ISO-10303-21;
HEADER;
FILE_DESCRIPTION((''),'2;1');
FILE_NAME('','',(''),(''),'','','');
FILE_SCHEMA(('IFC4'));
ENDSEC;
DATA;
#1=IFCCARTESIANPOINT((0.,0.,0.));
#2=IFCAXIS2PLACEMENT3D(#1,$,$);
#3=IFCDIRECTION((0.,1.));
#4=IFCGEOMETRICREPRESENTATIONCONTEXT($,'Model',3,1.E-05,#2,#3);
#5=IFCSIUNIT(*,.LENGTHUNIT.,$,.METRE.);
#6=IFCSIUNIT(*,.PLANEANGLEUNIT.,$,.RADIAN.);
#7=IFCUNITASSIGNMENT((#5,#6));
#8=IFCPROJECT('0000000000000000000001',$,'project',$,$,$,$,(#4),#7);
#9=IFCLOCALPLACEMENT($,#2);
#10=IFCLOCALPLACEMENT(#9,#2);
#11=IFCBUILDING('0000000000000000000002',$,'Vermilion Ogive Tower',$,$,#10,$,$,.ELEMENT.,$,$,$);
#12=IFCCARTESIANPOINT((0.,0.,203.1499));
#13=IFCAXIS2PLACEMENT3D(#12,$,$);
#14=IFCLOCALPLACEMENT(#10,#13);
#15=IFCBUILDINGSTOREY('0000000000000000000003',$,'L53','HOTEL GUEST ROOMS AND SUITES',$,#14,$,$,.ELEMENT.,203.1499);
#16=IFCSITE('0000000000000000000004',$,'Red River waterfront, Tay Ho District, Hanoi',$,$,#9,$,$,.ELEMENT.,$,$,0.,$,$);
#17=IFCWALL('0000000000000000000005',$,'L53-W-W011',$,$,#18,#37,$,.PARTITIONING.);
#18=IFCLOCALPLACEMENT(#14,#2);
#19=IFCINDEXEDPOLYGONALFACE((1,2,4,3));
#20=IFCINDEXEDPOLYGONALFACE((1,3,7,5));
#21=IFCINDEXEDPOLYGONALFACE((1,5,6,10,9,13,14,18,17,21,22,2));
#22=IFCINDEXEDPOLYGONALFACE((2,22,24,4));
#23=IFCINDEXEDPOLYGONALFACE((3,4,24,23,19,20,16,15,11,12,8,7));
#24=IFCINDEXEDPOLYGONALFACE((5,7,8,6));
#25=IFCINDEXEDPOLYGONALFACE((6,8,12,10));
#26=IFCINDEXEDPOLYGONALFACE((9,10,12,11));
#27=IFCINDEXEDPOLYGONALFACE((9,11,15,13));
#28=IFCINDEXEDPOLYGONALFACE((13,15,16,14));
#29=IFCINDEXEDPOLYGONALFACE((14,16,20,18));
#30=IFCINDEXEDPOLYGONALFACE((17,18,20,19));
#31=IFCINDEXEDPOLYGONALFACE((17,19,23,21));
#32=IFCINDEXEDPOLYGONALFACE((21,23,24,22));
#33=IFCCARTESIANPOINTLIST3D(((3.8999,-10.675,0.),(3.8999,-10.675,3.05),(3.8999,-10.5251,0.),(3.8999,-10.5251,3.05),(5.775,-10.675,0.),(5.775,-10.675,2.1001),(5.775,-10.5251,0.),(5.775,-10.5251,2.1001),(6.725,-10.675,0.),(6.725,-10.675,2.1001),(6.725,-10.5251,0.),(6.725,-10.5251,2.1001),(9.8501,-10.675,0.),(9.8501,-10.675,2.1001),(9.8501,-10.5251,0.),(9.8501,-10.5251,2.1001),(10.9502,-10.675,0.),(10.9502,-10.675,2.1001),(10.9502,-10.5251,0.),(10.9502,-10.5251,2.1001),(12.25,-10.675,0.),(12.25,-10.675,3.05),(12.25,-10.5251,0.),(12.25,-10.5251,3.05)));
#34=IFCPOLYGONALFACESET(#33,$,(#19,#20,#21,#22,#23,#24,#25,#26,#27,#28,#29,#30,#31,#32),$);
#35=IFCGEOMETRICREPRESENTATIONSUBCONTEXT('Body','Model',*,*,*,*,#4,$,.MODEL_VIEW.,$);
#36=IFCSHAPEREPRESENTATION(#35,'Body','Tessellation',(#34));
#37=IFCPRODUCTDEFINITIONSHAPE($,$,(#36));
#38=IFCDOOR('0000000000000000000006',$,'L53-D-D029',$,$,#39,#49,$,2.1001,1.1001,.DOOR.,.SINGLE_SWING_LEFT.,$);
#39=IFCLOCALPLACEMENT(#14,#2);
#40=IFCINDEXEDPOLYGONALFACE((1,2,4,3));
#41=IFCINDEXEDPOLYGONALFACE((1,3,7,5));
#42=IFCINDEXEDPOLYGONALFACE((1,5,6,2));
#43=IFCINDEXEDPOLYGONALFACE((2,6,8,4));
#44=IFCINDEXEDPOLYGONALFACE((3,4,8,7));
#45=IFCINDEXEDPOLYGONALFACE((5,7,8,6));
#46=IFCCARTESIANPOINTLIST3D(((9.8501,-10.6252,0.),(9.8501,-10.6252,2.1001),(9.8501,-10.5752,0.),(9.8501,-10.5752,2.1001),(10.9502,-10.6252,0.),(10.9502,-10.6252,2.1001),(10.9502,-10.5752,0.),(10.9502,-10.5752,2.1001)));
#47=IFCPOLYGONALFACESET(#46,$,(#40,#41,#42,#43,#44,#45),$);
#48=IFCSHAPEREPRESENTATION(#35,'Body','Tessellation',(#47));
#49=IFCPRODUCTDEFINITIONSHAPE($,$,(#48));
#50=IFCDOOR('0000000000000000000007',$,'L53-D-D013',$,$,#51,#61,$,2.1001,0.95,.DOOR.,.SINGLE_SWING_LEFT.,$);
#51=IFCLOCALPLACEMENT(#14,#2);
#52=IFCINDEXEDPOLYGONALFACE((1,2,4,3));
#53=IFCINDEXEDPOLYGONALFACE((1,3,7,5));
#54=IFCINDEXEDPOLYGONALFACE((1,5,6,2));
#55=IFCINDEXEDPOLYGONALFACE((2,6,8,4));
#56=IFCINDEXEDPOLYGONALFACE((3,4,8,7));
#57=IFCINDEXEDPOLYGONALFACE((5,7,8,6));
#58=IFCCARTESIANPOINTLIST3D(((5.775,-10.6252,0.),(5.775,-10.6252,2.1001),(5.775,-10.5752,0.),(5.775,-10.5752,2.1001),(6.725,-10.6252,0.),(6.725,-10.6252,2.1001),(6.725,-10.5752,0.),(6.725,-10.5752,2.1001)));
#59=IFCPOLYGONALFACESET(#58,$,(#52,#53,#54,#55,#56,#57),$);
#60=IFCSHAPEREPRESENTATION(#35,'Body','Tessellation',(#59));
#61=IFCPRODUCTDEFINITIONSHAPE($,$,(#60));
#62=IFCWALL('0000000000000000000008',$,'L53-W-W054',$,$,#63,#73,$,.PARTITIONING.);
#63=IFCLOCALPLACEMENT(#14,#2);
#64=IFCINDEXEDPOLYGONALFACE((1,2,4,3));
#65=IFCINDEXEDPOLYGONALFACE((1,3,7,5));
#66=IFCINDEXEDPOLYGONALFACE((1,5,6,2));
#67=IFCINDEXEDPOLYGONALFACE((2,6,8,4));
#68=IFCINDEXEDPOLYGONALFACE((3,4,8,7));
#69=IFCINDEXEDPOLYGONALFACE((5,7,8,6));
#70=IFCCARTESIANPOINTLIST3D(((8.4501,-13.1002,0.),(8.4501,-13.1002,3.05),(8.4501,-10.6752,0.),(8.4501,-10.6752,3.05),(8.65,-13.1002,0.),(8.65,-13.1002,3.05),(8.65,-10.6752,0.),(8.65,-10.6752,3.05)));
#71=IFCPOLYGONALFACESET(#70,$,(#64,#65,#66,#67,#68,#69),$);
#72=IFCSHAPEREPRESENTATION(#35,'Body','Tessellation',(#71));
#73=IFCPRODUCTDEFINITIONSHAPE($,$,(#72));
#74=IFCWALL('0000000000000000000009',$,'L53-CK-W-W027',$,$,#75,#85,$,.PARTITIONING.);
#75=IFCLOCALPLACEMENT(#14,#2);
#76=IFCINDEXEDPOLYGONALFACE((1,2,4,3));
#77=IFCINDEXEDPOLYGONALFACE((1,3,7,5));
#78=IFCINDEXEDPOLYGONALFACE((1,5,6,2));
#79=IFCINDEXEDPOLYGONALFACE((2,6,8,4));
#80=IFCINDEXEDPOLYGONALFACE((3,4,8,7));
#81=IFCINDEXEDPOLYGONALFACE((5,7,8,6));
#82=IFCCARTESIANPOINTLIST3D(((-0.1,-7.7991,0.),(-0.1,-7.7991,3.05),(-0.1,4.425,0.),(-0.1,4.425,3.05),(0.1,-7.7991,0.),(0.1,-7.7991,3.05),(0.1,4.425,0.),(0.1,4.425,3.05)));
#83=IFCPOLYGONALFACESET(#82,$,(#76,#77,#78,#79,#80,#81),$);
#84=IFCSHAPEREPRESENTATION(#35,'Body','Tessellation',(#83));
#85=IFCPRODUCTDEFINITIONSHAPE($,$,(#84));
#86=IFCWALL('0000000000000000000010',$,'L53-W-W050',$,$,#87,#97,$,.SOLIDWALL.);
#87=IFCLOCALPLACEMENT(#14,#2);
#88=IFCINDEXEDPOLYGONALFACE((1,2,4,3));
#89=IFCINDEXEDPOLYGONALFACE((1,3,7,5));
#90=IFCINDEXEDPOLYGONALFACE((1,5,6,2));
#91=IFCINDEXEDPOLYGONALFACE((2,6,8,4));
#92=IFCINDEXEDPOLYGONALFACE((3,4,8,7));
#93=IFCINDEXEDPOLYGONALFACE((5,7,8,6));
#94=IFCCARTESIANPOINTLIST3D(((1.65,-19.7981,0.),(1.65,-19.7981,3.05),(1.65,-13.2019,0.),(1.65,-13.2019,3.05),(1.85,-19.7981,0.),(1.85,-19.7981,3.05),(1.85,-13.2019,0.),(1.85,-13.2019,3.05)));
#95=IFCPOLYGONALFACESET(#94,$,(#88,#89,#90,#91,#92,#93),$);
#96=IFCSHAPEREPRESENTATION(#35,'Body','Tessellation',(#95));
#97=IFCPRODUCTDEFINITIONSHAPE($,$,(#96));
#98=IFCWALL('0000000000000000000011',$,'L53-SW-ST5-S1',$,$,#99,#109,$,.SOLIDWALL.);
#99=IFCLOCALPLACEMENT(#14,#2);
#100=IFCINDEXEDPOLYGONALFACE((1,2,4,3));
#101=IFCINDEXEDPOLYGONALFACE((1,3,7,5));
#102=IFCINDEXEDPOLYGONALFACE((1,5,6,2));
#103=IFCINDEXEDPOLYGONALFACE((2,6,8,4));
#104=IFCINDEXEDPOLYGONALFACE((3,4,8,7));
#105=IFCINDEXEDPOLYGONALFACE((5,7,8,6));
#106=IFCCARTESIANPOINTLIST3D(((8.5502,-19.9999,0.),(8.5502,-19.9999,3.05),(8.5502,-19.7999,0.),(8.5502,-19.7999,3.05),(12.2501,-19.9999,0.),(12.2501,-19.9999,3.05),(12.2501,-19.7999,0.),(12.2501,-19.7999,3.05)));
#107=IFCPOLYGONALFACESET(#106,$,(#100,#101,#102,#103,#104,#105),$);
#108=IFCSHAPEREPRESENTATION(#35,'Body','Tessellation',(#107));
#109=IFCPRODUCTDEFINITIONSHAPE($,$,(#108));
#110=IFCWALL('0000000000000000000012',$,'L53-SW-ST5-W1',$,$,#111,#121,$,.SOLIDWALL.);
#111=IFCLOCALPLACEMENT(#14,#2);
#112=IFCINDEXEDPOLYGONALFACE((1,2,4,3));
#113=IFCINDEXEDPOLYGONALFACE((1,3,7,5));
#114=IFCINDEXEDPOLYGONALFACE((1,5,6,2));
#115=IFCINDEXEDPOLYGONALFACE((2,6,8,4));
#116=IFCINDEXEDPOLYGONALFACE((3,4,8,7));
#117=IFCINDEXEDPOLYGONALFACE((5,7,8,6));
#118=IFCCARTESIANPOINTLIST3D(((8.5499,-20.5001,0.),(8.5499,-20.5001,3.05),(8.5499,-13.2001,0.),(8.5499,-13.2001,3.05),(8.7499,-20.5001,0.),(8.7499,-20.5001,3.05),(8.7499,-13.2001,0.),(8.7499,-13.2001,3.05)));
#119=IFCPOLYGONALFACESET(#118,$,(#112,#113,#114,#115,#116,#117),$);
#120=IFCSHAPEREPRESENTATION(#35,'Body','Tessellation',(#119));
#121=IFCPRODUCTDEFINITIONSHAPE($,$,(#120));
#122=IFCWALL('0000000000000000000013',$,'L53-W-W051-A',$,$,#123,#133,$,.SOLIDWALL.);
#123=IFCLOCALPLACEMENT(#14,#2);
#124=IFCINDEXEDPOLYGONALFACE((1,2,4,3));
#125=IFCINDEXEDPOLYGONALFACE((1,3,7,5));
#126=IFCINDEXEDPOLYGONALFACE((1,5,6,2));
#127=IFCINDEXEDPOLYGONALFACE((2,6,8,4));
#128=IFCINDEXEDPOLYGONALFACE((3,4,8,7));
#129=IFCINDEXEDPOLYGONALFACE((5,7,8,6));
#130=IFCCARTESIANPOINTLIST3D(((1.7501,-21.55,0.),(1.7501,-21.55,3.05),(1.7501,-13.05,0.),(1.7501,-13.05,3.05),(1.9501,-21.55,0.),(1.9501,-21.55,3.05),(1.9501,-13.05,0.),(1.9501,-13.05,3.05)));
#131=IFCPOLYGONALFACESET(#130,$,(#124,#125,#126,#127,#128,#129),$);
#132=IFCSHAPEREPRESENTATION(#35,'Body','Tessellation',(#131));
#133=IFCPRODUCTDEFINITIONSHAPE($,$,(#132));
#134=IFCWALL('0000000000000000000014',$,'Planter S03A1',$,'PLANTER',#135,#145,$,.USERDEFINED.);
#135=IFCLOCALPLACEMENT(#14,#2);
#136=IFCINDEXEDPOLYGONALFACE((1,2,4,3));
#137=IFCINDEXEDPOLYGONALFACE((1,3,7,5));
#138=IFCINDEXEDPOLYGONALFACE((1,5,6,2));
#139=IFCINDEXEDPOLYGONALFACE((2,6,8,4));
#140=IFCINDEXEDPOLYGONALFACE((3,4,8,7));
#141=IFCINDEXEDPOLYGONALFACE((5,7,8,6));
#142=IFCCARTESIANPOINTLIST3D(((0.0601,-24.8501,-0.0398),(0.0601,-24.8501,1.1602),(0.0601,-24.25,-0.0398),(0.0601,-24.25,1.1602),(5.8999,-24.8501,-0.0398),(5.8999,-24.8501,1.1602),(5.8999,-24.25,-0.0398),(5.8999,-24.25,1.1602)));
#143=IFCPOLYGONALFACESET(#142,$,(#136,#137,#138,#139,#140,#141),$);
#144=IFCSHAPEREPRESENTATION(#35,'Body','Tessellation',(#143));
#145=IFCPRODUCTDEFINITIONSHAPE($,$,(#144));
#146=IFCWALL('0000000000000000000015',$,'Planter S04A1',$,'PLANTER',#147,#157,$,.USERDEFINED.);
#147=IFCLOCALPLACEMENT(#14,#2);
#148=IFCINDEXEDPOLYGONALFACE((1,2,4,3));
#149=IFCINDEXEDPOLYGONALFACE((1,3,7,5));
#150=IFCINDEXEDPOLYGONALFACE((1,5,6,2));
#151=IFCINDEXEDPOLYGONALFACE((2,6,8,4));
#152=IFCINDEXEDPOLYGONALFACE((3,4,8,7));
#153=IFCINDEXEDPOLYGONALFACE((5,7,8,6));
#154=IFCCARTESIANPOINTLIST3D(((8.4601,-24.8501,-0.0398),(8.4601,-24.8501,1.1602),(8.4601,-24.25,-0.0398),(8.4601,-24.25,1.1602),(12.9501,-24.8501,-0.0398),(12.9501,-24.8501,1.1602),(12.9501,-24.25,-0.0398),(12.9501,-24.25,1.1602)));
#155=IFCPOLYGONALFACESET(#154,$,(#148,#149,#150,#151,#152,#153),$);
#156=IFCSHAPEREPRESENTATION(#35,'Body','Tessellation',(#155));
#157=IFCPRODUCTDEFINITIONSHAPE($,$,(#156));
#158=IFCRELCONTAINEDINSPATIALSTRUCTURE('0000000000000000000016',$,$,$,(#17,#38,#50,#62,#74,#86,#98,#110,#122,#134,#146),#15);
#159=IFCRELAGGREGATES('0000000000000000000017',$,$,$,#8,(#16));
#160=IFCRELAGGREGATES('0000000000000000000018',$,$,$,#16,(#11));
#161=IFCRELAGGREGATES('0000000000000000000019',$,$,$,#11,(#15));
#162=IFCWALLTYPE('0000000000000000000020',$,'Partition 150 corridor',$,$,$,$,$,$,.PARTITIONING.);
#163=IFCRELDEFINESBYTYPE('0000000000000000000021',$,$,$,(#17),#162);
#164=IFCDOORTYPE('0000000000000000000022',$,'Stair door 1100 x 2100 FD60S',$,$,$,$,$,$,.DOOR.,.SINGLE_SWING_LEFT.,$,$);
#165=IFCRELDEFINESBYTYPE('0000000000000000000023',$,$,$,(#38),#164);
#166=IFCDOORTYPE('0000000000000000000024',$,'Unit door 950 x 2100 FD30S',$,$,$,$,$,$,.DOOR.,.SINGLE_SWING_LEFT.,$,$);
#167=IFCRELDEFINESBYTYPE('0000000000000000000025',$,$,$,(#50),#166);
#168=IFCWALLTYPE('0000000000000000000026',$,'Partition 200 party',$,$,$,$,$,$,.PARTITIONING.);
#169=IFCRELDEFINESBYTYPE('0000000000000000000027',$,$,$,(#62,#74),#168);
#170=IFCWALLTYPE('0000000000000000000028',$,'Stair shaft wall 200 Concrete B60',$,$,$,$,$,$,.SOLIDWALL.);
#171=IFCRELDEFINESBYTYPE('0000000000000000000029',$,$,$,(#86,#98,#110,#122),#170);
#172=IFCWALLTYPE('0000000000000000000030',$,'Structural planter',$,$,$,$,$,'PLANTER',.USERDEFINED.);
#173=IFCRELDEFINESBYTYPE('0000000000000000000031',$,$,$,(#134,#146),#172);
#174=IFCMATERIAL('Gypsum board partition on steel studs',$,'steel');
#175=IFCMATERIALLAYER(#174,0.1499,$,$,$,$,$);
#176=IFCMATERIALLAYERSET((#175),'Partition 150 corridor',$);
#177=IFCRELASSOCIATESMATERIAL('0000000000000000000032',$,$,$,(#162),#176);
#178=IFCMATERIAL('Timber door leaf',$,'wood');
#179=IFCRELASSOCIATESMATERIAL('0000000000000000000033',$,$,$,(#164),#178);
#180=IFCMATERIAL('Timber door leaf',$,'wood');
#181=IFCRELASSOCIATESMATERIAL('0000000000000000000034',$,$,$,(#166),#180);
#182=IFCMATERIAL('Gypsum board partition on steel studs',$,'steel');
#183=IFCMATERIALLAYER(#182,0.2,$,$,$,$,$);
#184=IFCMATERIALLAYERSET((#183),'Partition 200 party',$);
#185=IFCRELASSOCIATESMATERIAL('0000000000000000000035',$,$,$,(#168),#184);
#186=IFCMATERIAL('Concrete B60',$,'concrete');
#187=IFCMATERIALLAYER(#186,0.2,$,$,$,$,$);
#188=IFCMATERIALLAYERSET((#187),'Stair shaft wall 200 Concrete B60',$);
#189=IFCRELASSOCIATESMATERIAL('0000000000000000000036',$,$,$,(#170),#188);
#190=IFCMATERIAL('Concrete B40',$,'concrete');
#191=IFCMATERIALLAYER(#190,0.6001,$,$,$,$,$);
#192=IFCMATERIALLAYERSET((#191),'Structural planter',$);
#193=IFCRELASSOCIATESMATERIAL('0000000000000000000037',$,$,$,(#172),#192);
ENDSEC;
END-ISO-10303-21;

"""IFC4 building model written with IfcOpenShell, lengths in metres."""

from ifc_helpers import new_model, si_unit, direction, frame, frame_2d, origin, place, context, subcontext, project, spatial, rectangle, extrude, material, layer, layer_set, type_object, element, fill, save


model = new_model("IFC4")

# Units and contexts
model_context = context("Model", 3, precision=1e-05, world=origin(), true_north=direction((0.0, 1.0)))
body_context = subcontext(model_context, "Body", "Model", "MODEL_VIEW")
ifc_project = project(units=[si_unit("LENGTHUNIT", "METRE"), si_unit("PLANEANGLEUNIT", "RADIAN")], contexts=[model_context])

# Site, building, storey
site_placement = place(None, origin())
site = spatial("IfcSite", under=ifc_project, at=site_placement, Name="Red River waterfront, Tay Ho District, Hanoi", CompositionType="ELEMENT", RefElevation=0.0)
building_placement = place(site_placement, origin())
building = spatial("IfcBuilding", under=site, at=building_placement, Name="Vermilion Ogive Tower", CompositionType="ELEMENT")
storey_placement = place(building_placement, frame((0.0, 0.0, 203.1499)))
storey = spatial("IfcBuildingStorey", under=building, at=storey_placement, Name="L53", Description="HOTEL GUEST ROOMS AND SUITES", CompositionType="ELEMENT", Elevation=203.1499)

# Wall, openings, doors
ifc_material_1 = material(Name="Gypsum board partition on steel studs", Category="steel")
ifc_layer_1 = layer(ifc_material_1, 0.1499)
ifc_layer_set_1 = layer_set([ifc_layer_1], Name="Partition 150 corridor")
wall_type_1 = type_object("IfcWallType", Name="Partition 150 corridor", PredefinedType="PARTITIONING", material=ifc_layer_set_1)
wall_1_placement = place(storey_placement, frame((3.8999, -10.6001, 0.0), z_axis=(0.0, 0.0, 1.0), x_axis=(1.0, 0.0, 0.0)))
wall_1 = element("IfcWall", 1, at=wall_1_placement, inside=storey, type_object=wall_type_1, Name="L53-W-W011", PredefinedType="PARTITIONING", context=body_context, shape_type="SweptSolid", body=[
    extrude(rectangle(XDim=8.3501, YDim=0.1499, at=frame_2d((4.175, 0.0))), origin(), (0.0, 0.0, 1.0), 3.05),
])
opening_1_placement = place(wall_1_placement, frame((1.875, 0.0, 0.0)))
opening_1 = element("IfcOpeningElement", 2, at=opening_1_placement, cuts=wall_1, PredefinedType="OPENING", context=body_context, shape_type="SweptSolid", body=[
    extrude(rectangle(XDim=0.95, YDim=2.1001, at=frame_2d((0.4751, 1.05))), frame((0.0, 0.085, 0.0), z_axis=(0.0, -1.0, 0.0), x_axis=(1.0, 0.0, 0.0)), (0.0, 0.0, 1.0), 0.1699),
])
opening_2_placement = place(wall_1_placement, frame((5.9502, 0.0, 0.0)))
opening_2 = element("IfcOpeningElement", 3, at=opening_2_placement, cuts=wall_1, PredefinedType="OPENING", context=body_context, shape_type="SweptSolid", body=[
    extrude(rectangle(XDim=1.1001, YDim=2.1001, at=frame_2d((0.55, 1.05))), frame((0.0, 0.085, 0.0), z_axis=(0.0, -1.0, 0.0), x_axis=(1.0, 0.0, 0.0)), (0.0, 0.0, 1.0), 0.1699),
])
ifc_material_2 = material(Name="Timber door leaf", Category="wood")
door_type_1 = type_object("IfcDoorType", Name="Stair door 1100 x 2100 FD60S", OperationType="SINGLE_SWING_LEFT", PredefinedType="DOOR", material=ifc_material_2)
door_1_placement = place(opening_2_placement, origin())
door_1 = element("IfcDoor", 4, at=door_1_placement, inside=storey, type_object=door_type_1, Name="L53-D-D029", OperationType="SINGLE_SWING_LEFT", OverallHeight=2.1001, OverallWidth=1.1001, PredefinedType="DOOR", context=body_context, shape_type="SweptSolid", body=[
    extrude(rectangle(XDim=1.1001, YDim=2.1001, at=frame_2d((0.55, 1.05))), frame((0.0, 0.0249, 0.0), z_axis=(0.0, -1.0, 0.0), x_axis=(1.0, 0.0, 0.0)), (0.0, 0.0, 1.0), 0.05),
])
fill(opening_2, door_1)
ifc_material_3 = material(Name="Timber door leaf", Category="wood")
door_type_2 = type_object("IfcDoorType", Name="Unit door 950 x 2100 FD30S", OperationType="SINGLE_SWING_LEFT", PredefinedType="DOOR", material=ifc_material_3)
door_2_placement = place(opening_1_placement, origin())
door_2 = element("IfcDoor", 5, at=door_2_placement, inside=storey, type_object=door_type_2, Name="L53-D-D013", OperationType="SINGLE_SWING_LEFT", OverallHeight=2.1001, OverallWidth=0.95, PredefinedType="DOOR", context=body_context, shape_type="SweptSolid", body=[
    extrude(rectangle(XDim=0.95, YDim=2.1001, at=frame_2d((0.4751, 1.05))), frame((0.0, 0.0249, 0.0), z_axis=(0.0, -1.0, 0.0), x_axis=(1.0, 0.0, 0.0)), (0.0, 0.0, 1.0), 0.05),
])
fill(opening_1, door_2)

# Walls
ifc_material_4 = material(Name="Gypsum board partition on steel studs", Category="steel")
ifc_layer_2 = layer(ifc_material_4, 0.2)
ifc_layer_set_2 = layer_set([ifc_layer_2], Name="Partition 200 party")
wall_type_2 = type_object("IfcWallType", Name="Partition 200 party", PredefinedType="PARTITIONING", material=ifc_layer_set_2)
wall_2_placement = place(storey_placement, frame((8.55, -13.1001, 0.0), z_axis=(0.0, 0.0, 1.0), x_axis=(0.0, 1.0, 0.0)))
element("IfcWall", 6, at=wall_2_placement, inside=storey, type_object=wall_type_2, Name="L53-W-W054", PredefinedType="PARTITIONING", context=body_context, shape_type="SweptSolid", body=[
    extrude(rectangle(XDim=2.425, YDim=0.2, at=frame_2d((1.2124, 0.0))), origin(), (0.0, 0.0, 1.0), 3.05),
])
wall_3_placement = place(storey_placement, frame((0.0, -7.7991, 0.0), z_axis=(0.0, 0.0, 1.0), x_axis=(0.0, 1.0, 0.0)))
element("IfcWall", 7, at=wall_3_placement, inside=storey, type_object=wall_type_2, Name="L53-CK-W-W027", PredefinedType="PARTITIONING", context=body_context, shape_type="SweptSolid", body=[
    extrude(rectangle(XDim=12.2241, YDim=0.2, at=frame_2d((6.1121, 0.0))), origin(), (0.0, 0.0, 1.0), 3.05),
])
ifc_material_5 = material(Name="Concrete B60", Category="concrete")
ifc_layer_3 = layer(ifc_material_5, 0.2)
ifc_layer_set_3 = layer_set([ifc_layer_3], Name="Stair shaft wall 200 Concrete B60")
wall_type_3 = type_object("IfcWallType", Name="Stair shaft wall 200 Concrete B60", PredefinedType="SOLIDWALL", material=ifc_layer_set_3)
wall_4_placement = place(storey_placement, frame((1.75, -19.7981, 0.0), z_axis=(0.0, 0.0, 1.0), x_axis=(0.0, 1.0, 0.0)))
element("IfcWall", 8, at=wall_4_placement, inside=storey, type_object=wall_type_3, Name="L53-W-W050", PredefinedType="SOLIDWALL", context=body_context, shape_type="SweptSolid", body=[
    extrude(rectangle(XDim=6.5962, YDim=0.2, at=frame_2d((3.2981, 0.0))), origin(), (0.0, 0.0, 1.0), 3.05),
])
wall_5_placement = place(storey_placement, frame((8.55, -19.8999, 0.0), z_axis=(0.0, 0.0, 1.0), x_axis=(1.0, 0.0, 0.0)))
element("IfcWall", 9, at=wall_5_placement, inside=storey, type_object=wall_type_3, Name="L53-SW-ST5-S1", PredefinedType="SOLIDWALL", context=body_context, shape_type="SweptSolid", body=[
    extrude(rectangle(XDim=3.7, YDim=0.2, at=frame_2d((1.8501, 0.0))), origin(), (0.0, 0.0, 1.0), 3.05),
])
wall_6_placement = place(storey_placement, frame((8.6499, -20.5, 0.0), z_axis=(0.0, 0.0, 1.0), x_axis=(0.0, 1.0, 0.0)))
element("IfcWall", 10, at=wall_6_placement, inside=storey, type_object=wall_type_3, Name="L53-SW-ST5-W1", PredefinedType="SOLIDWALL", context=body_context, shape_type="SweptSolid", body=[
    extrude(rectangle(XDim=7.3, YDim=0.2, at=frame_2d((3.6499, 0.0))), origin(), (0.0, 0.0, 1.0), 3.05),
])
wall_7_placement = place(storey_placement, frame((1.8501, -21.55, 0.0), z_axis=(0.0, 0.0, 1.0), x_axis=(0.0, 1.0, 0.0)))
element("IfcWall", 11, at=wall_7_placement, inside=storey, type_object=wall_type_3, Name="L53-W-W051-A", PredefinedType="SOLIDWALL", context=body_context, shape_type="SweptSolid", body=[
    extrude(rectangle(XDim=8.5, YDim=0.2, at=frame_2d((4.25, 0.0))), origin(), (0.0, 0.0, 1.0), 3.05),
])
ifc_material_6 = material(Name="Concrete B40", Category="concrete")
ifc_layer_4 = layer(ifc_material_6, 0.6001)
ifc_layer_set_4 = layer_set([ifc_layer_4], Name="Structural planter")
wall_type_4 = type_object("IfcWallType", Name="Structural planter", ElementType="PLANTER", PredefinedType="USERDEFINED", material=ifc_layer_set_4)
wall_8_placement = place(storey_placement, frame((0.0601, -24.55, -0.0398), z_axis=(0.0, 0.0, 1.0), x_axis=(1.0, 0.0, 0.0)))
element("IfcWall", 12, at=wall_8_placement, inside=storey, type_object=wall_type_4, Name="Planter S03A1", ObjectType="PLANTER", PredefinedType="USERDEFINED", context=body_context, shape_type="SweptSolid", body=[
    extrude(rectangle(XDim=5.8398, YDim=0.6001, at=frame_2d((2.9199, 0.0))), origin(), (0.0, 0.0, 1.0), 1.2),
])
wall_9_placement = place(storey_placement, frame((8.46, -24.55, -0.0398), z_axis=(0.0, 0.0, 1.0), x_axis=(1.0, 0.0, 0.0)))
element("IfcWall", 13, at=wall_9_placement, inside=storey, type_object=wall_type_4, Name="Planter S04A1", ObjectType="PLANTER", PredefinedType="USERDEFINED", context=body_context, shape_type="SweptSolid", body=[
    extrude(rectangle(XDim=4.49, YDim=0.6001, at=frame_2d((2.2451, 0.0))), origin(), (0.0, 0.0, 1.0), 1.2),
])

save(model, "model.ifc")
